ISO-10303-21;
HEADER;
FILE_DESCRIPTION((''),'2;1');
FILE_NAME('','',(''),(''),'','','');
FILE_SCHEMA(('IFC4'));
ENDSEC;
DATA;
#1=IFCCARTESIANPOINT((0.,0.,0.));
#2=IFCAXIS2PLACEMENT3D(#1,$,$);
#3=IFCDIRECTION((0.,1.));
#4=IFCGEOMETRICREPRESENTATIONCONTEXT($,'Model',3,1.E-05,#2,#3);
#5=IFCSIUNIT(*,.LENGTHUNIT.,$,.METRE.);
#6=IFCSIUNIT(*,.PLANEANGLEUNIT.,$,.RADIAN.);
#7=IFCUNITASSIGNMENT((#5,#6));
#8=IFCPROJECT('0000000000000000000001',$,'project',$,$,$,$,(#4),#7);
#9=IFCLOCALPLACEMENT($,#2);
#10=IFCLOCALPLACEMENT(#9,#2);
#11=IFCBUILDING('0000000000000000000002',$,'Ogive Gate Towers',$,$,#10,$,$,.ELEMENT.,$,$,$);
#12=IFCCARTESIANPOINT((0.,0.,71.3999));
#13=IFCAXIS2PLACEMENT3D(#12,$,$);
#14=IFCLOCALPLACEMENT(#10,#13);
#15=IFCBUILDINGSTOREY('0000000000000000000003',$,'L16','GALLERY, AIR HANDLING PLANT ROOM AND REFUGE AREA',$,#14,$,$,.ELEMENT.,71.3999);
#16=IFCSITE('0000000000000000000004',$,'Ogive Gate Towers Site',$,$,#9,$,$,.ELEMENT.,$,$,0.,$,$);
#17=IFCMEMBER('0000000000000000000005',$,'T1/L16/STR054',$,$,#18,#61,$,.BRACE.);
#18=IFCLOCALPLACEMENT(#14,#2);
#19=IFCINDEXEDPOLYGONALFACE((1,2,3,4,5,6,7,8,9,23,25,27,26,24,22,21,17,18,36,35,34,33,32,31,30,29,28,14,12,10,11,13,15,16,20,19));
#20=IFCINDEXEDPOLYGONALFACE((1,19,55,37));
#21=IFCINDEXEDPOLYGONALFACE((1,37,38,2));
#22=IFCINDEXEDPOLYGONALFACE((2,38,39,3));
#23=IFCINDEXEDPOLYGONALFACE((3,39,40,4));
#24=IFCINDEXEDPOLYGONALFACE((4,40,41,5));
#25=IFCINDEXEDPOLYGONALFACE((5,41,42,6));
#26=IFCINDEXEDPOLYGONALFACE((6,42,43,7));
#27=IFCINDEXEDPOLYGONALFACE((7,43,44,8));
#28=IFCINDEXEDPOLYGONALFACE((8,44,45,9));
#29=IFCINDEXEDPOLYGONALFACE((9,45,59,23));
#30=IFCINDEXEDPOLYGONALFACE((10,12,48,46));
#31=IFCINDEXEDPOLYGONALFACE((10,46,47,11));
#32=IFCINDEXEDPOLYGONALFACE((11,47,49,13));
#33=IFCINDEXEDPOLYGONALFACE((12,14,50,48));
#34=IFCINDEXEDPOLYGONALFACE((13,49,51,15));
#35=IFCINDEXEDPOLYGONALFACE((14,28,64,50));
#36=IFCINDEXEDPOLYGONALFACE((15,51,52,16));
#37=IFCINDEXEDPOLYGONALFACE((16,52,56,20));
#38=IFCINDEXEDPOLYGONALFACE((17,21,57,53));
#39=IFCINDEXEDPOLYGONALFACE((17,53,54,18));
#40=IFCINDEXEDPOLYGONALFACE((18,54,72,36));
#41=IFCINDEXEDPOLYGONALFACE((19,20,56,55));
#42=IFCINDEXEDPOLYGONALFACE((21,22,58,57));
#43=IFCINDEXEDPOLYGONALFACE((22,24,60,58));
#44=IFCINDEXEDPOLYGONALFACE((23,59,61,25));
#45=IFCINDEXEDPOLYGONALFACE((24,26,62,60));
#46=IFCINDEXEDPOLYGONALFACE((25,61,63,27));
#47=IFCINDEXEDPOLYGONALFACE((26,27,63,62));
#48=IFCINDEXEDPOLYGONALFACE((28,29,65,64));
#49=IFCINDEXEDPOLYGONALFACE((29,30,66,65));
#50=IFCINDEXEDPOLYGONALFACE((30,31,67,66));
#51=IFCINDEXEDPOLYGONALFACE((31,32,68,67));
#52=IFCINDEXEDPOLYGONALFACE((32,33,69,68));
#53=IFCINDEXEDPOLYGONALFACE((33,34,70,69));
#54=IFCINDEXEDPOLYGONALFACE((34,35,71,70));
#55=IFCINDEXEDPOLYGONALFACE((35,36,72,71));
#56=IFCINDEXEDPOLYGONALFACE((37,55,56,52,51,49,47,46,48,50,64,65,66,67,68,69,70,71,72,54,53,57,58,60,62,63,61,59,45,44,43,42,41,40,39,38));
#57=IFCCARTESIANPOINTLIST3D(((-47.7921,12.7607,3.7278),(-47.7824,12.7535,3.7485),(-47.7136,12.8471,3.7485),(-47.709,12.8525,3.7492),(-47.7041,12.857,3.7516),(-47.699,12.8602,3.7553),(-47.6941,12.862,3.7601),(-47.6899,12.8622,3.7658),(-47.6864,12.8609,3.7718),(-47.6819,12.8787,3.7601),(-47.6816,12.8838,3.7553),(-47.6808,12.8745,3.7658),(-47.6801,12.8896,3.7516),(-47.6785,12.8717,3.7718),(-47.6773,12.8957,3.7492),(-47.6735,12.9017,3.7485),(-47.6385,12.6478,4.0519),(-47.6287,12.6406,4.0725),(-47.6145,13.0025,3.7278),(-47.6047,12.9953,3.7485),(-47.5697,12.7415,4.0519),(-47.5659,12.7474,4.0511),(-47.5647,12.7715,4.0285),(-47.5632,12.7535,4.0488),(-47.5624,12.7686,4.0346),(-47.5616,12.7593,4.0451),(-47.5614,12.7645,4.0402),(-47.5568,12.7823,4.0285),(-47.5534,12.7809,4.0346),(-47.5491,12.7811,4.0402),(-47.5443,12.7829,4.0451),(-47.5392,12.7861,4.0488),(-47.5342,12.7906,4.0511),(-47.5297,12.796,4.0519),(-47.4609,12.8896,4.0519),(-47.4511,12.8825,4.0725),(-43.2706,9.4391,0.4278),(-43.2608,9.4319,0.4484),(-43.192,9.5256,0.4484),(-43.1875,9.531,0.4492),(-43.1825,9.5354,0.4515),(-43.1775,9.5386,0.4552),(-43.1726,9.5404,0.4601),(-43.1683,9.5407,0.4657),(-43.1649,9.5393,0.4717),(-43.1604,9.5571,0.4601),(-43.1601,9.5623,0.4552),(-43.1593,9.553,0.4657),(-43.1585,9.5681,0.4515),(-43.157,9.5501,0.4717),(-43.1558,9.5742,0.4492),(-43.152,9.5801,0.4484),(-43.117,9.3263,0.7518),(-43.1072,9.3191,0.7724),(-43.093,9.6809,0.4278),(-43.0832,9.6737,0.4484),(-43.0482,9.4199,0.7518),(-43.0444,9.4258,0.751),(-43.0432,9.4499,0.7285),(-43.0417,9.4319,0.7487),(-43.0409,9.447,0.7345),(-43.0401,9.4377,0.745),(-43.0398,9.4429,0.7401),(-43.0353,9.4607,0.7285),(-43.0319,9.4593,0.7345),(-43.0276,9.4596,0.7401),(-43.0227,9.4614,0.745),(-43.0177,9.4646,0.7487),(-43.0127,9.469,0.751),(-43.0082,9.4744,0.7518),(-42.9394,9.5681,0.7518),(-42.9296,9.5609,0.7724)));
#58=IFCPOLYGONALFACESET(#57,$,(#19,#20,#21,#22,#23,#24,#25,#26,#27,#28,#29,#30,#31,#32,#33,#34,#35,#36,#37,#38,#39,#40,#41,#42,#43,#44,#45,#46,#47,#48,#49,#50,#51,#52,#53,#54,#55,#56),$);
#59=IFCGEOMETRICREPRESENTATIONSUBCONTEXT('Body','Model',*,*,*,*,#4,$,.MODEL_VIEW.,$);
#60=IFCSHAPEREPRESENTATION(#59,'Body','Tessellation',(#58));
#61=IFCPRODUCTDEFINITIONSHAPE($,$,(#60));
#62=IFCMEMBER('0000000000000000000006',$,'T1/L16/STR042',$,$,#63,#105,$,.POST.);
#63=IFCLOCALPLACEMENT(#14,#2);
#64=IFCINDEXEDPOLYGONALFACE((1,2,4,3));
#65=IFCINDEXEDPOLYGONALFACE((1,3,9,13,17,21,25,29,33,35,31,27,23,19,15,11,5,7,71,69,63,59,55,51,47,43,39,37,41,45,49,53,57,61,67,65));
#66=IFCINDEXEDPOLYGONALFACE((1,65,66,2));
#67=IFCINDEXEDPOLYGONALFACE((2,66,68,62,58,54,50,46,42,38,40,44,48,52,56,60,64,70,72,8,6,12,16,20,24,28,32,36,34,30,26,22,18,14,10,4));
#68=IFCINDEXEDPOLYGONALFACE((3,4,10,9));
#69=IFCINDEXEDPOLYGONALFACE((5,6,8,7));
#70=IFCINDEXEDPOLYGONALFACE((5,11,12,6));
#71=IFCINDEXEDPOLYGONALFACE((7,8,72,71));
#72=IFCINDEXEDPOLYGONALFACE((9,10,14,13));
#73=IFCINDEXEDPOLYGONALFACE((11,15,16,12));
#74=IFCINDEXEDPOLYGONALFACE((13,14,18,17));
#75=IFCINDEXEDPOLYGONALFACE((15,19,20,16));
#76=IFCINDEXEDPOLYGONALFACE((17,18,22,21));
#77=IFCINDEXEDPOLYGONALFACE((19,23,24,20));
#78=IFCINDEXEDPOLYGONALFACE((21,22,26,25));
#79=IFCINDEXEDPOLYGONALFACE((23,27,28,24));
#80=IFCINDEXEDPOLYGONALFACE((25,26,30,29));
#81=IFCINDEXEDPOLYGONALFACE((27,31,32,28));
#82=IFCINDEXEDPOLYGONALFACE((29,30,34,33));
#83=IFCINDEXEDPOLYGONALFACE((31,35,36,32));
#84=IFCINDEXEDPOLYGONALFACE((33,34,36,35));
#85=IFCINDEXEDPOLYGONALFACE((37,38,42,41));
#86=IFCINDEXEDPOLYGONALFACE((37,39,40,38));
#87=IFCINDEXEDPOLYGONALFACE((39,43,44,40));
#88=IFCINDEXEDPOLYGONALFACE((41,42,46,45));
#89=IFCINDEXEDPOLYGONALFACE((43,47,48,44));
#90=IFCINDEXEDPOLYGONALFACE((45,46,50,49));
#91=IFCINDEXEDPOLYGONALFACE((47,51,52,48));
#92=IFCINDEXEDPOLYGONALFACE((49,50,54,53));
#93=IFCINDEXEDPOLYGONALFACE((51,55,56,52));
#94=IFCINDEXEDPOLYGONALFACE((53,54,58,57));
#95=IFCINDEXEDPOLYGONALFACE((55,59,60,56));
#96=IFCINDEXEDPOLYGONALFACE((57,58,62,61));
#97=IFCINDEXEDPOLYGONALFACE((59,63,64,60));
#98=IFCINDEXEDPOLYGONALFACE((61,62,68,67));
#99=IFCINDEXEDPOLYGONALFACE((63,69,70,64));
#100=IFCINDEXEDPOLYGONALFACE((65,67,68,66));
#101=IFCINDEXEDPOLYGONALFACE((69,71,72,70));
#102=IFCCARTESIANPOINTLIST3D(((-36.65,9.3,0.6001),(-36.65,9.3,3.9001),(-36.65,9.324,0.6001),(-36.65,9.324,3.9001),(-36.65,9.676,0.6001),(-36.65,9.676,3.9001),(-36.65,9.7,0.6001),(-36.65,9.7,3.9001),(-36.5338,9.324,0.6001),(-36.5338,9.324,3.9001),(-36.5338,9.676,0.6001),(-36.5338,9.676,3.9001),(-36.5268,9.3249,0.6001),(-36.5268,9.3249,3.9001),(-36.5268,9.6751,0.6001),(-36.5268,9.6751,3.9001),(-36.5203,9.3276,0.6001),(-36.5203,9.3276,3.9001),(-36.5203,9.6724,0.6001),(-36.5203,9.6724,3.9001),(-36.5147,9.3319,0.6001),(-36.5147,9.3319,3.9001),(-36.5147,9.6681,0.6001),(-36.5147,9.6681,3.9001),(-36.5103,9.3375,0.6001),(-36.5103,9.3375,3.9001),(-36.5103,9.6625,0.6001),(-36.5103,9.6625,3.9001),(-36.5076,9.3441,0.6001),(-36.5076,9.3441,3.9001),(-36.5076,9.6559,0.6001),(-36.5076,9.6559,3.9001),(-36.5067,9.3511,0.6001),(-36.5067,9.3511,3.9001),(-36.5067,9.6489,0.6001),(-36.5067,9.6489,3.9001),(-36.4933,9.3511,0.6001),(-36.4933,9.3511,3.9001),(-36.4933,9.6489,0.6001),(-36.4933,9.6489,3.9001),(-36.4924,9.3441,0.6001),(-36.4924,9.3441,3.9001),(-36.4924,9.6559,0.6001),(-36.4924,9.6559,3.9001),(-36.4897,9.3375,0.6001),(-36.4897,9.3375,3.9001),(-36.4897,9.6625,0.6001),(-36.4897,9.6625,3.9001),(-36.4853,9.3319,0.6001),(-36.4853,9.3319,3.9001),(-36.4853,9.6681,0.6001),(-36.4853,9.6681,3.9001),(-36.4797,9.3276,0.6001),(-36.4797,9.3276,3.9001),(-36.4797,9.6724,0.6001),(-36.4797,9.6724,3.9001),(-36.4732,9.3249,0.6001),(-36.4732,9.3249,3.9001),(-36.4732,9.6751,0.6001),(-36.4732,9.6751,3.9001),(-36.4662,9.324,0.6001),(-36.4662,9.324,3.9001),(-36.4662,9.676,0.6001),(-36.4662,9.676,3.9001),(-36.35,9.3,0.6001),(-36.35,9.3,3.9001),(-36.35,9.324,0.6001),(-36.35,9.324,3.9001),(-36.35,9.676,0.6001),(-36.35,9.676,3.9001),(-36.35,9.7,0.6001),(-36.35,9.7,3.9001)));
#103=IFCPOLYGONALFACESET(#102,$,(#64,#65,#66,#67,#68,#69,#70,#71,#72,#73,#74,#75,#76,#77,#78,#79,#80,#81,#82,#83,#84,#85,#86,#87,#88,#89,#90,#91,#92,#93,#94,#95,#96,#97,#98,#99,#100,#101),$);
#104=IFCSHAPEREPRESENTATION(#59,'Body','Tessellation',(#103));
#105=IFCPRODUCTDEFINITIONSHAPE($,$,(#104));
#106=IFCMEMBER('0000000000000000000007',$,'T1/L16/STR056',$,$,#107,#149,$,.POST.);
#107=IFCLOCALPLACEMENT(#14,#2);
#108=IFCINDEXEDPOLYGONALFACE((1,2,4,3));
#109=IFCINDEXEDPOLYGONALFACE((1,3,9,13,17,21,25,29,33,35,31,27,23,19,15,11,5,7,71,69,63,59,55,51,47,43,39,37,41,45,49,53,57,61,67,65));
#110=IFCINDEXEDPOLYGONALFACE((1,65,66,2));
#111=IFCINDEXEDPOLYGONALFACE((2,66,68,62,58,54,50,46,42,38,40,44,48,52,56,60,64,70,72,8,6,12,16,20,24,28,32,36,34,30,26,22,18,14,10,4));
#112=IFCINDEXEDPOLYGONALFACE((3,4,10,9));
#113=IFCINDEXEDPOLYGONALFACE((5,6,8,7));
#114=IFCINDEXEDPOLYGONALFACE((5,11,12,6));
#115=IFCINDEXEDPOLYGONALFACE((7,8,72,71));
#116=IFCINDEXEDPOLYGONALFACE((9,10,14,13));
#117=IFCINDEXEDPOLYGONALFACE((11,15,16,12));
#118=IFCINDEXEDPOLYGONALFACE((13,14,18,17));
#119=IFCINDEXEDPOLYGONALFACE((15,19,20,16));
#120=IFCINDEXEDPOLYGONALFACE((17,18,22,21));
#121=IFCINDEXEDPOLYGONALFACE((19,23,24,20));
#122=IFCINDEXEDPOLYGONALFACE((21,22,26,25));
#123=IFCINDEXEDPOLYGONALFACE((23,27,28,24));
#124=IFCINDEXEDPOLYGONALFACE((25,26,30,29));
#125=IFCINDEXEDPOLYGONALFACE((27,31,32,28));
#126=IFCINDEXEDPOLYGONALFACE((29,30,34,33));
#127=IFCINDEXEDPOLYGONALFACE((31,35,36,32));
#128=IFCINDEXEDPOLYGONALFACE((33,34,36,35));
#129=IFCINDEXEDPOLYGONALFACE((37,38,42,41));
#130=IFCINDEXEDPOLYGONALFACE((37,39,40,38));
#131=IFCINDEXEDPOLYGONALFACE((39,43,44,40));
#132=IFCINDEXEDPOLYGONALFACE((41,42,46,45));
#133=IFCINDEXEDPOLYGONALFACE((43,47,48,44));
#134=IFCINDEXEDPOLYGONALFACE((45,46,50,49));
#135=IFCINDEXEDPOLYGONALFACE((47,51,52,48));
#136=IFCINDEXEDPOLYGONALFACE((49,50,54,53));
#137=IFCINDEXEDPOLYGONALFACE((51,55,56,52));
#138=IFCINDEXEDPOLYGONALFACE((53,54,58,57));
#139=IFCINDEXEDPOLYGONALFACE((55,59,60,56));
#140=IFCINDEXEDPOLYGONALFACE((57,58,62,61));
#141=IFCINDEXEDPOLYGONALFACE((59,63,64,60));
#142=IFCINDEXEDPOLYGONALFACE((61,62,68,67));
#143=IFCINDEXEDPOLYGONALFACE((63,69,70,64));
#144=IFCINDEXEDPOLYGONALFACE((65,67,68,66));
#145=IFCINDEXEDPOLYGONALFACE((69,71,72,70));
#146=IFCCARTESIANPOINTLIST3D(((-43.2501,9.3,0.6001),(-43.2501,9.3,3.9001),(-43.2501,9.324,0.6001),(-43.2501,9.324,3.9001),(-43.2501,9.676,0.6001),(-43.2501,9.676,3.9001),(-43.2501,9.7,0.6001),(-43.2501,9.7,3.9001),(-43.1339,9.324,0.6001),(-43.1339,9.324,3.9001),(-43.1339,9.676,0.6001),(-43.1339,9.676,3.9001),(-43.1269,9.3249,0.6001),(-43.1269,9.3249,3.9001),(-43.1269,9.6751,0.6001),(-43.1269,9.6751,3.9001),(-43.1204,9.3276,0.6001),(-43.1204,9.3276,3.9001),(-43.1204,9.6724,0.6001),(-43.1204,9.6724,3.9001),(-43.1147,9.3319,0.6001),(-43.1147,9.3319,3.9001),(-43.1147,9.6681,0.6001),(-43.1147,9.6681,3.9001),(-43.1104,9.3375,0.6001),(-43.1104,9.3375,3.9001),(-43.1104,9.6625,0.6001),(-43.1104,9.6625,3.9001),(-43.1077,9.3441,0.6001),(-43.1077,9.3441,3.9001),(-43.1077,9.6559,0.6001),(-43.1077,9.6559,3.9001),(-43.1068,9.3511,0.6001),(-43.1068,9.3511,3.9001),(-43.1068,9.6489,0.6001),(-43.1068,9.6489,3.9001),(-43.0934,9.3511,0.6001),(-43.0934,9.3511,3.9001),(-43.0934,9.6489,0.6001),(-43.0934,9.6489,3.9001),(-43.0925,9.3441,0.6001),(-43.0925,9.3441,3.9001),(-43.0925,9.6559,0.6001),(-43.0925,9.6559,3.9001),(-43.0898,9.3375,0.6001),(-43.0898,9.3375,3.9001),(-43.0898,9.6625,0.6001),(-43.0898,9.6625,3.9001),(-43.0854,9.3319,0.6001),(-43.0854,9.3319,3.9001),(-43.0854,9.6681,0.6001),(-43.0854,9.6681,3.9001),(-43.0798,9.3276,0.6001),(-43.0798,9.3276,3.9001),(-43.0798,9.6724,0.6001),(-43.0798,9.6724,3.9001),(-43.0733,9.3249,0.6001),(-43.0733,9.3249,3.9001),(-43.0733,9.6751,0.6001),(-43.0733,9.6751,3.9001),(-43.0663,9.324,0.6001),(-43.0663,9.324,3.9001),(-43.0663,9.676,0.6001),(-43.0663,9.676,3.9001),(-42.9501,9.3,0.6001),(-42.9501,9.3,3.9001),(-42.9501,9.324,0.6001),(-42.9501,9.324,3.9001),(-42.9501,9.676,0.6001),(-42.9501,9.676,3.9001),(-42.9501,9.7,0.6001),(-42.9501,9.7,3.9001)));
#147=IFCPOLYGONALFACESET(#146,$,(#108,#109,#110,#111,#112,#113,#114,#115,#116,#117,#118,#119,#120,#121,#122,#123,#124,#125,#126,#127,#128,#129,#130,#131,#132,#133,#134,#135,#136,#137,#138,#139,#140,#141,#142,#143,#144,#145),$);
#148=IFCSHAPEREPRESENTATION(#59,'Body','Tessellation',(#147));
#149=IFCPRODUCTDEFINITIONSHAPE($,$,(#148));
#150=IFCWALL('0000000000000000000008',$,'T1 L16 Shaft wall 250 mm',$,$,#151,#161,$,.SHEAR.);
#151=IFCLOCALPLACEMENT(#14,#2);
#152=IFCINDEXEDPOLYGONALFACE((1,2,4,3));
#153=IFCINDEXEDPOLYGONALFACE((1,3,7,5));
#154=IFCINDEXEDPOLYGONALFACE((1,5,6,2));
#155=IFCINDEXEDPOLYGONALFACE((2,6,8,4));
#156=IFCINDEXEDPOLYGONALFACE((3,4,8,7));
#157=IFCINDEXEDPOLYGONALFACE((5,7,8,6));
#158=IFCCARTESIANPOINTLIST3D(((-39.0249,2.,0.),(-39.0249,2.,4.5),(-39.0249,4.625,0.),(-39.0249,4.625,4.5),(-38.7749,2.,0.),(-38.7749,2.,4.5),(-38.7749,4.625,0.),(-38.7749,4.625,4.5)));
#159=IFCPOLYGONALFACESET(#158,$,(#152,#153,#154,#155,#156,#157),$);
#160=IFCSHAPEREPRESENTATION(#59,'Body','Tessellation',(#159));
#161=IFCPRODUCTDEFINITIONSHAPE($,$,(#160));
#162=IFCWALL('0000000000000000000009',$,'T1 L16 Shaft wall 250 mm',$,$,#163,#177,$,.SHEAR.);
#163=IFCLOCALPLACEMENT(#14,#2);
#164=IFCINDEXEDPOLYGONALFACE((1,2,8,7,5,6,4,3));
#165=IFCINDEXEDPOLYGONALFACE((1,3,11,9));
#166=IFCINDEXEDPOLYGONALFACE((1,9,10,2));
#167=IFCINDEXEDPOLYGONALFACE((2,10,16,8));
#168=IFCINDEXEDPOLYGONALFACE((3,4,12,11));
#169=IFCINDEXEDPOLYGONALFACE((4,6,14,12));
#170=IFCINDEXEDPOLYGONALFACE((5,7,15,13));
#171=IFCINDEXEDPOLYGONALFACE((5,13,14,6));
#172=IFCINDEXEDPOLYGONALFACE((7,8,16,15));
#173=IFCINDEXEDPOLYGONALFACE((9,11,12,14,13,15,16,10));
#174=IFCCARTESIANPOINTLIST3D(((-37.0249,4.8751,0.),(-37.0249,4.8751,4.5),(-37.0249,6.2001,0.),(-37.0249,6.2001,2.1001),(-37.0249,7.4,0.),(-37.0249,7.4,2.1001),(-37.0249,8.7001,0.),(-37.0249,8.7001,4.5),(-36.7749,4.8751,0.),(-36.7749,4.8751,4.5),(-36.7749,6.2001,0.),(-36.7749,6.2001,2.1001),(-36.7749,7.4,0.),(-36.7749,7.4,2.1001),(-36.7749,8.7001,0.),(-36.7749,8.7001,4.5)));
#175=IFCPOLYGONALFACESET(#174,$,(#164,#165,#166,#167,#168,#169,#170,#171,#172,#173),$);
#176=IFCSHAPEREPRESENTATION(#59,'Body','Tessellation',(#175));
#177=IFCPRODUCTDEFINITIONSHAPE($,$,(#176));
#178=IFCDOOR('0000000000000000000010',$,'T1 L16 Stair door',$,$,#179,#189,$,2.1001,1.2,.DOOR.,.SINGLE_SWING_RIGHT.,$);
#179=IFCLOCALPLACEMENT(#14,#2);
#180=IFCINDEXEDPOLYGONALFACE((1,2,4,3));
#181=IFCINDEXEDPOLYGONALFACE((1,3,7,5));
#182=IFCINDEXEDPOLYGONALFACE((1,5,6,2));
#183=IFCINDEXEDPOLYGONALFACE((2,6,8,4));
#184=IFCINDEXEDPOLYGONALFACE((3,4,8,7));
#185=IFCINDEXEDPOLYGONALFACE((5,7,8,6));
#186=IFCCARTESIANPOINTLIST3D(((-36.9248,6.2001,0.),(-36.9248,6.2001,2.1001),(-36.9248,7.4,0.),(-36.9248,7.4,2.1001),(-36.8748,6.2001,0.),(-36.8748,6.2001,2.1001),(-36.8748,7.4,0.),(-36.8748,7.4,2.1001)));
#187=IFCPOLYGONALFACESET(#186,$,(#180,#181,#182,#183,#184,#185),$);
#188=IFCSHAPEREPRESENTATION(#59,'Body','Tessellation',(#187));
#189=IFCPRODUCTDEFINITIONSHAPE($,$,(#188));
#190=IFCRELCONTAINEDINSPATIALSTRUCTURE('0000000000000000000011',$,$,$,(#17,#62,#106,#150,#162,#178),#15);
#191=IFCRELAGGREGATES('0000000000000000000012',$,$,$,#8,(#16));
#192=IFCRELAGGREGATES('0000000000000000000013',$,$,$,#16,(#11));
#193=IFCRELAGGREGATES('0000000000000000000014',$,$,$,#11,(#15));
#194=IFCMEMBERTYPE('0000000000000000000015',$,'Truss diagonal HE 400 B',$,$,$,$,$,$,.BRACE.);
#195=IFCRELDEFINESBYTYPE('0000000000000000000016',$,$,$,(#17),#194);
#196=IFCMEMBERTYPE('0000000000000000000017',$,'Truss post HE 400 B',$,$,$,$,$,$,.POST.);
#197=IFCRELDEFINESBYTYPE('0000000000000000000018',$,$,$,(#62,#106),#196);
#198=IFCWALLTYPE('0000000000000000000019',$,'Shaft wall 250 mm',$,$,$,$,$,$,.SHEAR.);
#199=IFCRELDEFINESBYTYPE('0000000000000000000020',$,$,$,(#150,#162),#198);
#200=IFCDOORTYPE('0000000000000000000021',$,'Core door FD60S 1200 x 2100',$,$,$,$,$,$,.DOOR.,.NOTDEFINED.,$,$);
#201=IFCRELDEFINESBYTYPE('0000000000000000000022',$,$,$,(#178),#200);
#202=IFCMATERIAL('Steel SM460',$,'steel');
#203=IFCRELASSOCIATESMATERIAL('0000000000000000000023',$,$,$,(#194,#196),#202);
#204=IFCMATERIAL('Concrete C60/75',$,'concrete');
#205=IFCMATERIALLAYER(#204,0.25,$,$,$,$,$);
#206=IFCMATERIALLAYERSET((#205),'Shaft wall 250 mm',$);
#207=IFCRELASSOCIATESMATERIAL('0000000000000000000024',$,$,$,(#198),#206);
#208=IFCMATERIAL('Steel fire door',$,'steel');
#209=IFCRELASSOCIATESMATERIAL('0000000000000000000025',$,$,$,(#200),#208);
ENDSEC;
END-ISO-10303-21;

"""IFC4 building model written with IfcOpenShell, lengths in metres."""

from ifc_helpers import new_model, si_unit, direction, frame, frame_2d, origin, origin_2d, place, context, subcontext, project, spatial, rectangle, i_section, extrude, material, layer, layer_set, material_profile, profile_set, type_object, element, fill, save


model = new_model("IFC4")

# Units and contexts
model_context = context("Model", 3, precision=1e-05, world=origin(), true_north=direction((0.0, 1.0)))
body_context = subcontext(model_context, "Body", "Model", "MODEL_VIEW")
ifc_project = project(units=[si_unit("LENGTHUNIT", "METRE"), si_unit("PLANEANGLEUNIT", "RADIAN")], contexts=[model_context])

# Site, building, storey
site_placement = place(None, origin())
site = spatial("IfcSite", under=ifc_project, at=site_placement, Name="Ogive Gate Towers Site", CompositionType="ELEMENT", RefElevation=0.0)
building_placement = place(site_placement, origin())
building = spatial("IfcBuilding", under=site, at=building_placement, Name="Ogive Gate Towers", CompositionType="ELEMENT")
storey_placement = place(building_placement, frame((0.0, 0.0, 71.3999)))
storey = spatial("IfcBuildingStorey", under=building, at=storey_placement, Name="L16", Description="GALLERY, AIR HANDLING PLANT ROOM AND REFUGE AREA", CompositionType="ELEMENT", Elevation=71.3999)

# Shared definitions
ifc_material_1 = material(Name="Steel SM460", Category="steel")

# Members
ifc_material_profile_1 = material_profile(ifc_material_1, i_section(OverallWidth=0.3, OverallDepth=0.3999, WebThickness=0.0134, FlangeThickness=0.0239, FilletRadius=0.0271, at=origin_2d()), Name="HE 400 B")
ifc_profile_set_1 = profile_set([ifc_material_profile_1], Name="Steel SM460")
member_type_1 = type_object("IfcMemberType", Name="Truss diagonal HE 400 B", PredefinedType="BRACE", material=ifc_profile_set_1)
member_1_placement = place(storey_placement, frame((-43.1001, 9.5, 0.6001), z_axis=(-0.694654, 0.510301, 0.507), x_axis=(-0.592033, -0.805914, 0.0)))
element("IfcMember", 1, at=member_1_placement, inside=storey, type_object=member_type_1, Name="T1/L16/STR054", PredefinedType="BRACE", context=body_context, shape_type="SweptSolid", body=[
    extrude(i_section(OverallWidth=0.3, OverallDepth=0.3999, WebThickness=0.0134, FlangeThickness=0.0239, FilletRadius=0.0271, at=origin_2d()), origin(), (0.0, 0.0, 1.0), 6.509),
])
ifc_material_profile_2 = material_profile(ifc_material_1, i_section(OverallWidth=0.3, OverallDepth=0.3999, WebThickness=0.0134, FlangeThickness=0.0239, FilletRadius=0.0271, at=origin_2d()), Name="HE 400 B")
ifc_profile_set_2 = profile_set([ifc_material_profile_2], Name="Steel SM460")
member_type_2 = type_object("IfcMemberType", Name="Truss post HE 400 B", PredefinedType="POST", material=ifc_profile_set_2)
for number, where, z_axis, x_axis, name in (
    (2, (-36.5, 9.5, 0.6001), (0.0, 0.0, 1.0), (1.0, 0.0, 0.0), "T1/L16/STR042"),
    (3, (-43.1001, 9.5, 0.6001), (0.0, 0.0, 1.0), (1.0, 0.0, 0.0), "T1/L16/STR056"),
):
    element("IfcMember", number, at=place(storey_placement, frame(where, z_axis=z_axis, x_axis=x_axis)), inside=storey, type_object=member_type_2, Name=name, PredefinedType="POST", context=body_context, shape_type="SweptSolid", body=[
        extrude(i_section(OverallWidth=0.3, OverallDepth=0.3999, WebThickness=0.0134, FlangeThickness=0.0239, FilletRadius=0.0271, at=origin_2d()), origin(), (0.0, 0.0, 1.0), 3.3),
    ])

# Wall
ifc_material_2 = material(Name="Concrete C60/75", Category="concrete")
ifc_layer = layer(ifc_material_2, 0.25)
ifc_layer_set = layer_set([ifc_layer], Name="Shaft wall 250 mm")
wall_type = type_object("IfcWallType", Name="Shaft wall 250 mm", PredefinedType="SHEAR", material=ifc_layer_set)
wall_1_placement = place(storey_placement, frame((-38.8999, 2.0, 0.0), z_axis=(0.0, 0.0, 1.0), x_axis=(0.0, 1.0, 0.0)))
element("IfcWall", 4, at=wall_1_placement, inside=storey, type_object=wall_type, Name="T1 L16 Shaft wall 250 mm", PredefinedType="SHEAR", context=body_context, shape_type="SweptSolid", body=[
    extrude(rectangle(XDim=2.625, YDim=0.25, at=frame_2d((1.3125, 0.0))), origin(), (0.0, 0.0, 1.0), 4.5),
])

# Wall, opening, door
wall_2_placement = place(storey_placement, frame((-36.8999, 4.875, 0.0), z_axis=(0.0, 0.0, 1.0), x_axis=(0.0, 1.0, 0.0)))
wall_2 = element("IfcWall", 5, at=wall_2_placement, inside=storey, type_object=wall_type, Name="T1 L16 Shaft wall 250 mm", PredefinedType="SHEAR", context=body_context, shape_type="SweptSolid", body=[
    extrude(rectangle(XDim=3.825, YDim=0.25, at=frame_2d((1.9126, 0.0))), origin(), (0.0, 0.0, 1.0), 4.5),
])
opening_placement = place(wall_2_placement, frame((1.325, 0.0, 0.0)))
opening = element("IfcOpeningElement", 6, at=opening_placement, cuts=wall_2, PredefinedType="OPENING", context=body_context, shape_type="SweptSolid", body=[
    extrude(rectangle(XDim=1.2, YDim=2.1001, at=frame_2d((0.6001, 1.05))), frame((0.0, 0.135, 0.0), z_axis=(0.0, -1.0, 0.0), x_axis=(1.0, 0.0, 0.0)), (0.0, 0.0, 1.0), 0.27),
])
ifc_material_3 = material(Name="Steel fire door", Category="steel")
door_type = type_object("IfcDoorType", Name="Core door FD60S 1200 x 2100", OperationType="NOTDEFINED", PredefinedType="DOOR", material=ifc_material_3)
door_placement = place(opening_placement, origin())
door = element("IfcDoor", 7, at=door_placement, inside=storey, type_object=door_type, Name="T1 L16 Stair door", OperationType="SINGLE_SWING_RIGHT", OverallHeight=2.1001, OverallWidth=1.2, PredefinedType="DOOR", context=body_context, shape_type="SweptSolid", body=[
    extrude(rectangle(XDim=1.2, YDim=2.1001, at=frame_2d((0.6001, 1.05))), frame((0.0, 0.0249, 0.0), z_axis=(0.0, -1.0, 0.0), x_axis=(1.0, 0.0, 0.0)), (0.0, 0.0, 1.0), 0.05),
])
fill(opening, door)

save(model, "model.ifc")
